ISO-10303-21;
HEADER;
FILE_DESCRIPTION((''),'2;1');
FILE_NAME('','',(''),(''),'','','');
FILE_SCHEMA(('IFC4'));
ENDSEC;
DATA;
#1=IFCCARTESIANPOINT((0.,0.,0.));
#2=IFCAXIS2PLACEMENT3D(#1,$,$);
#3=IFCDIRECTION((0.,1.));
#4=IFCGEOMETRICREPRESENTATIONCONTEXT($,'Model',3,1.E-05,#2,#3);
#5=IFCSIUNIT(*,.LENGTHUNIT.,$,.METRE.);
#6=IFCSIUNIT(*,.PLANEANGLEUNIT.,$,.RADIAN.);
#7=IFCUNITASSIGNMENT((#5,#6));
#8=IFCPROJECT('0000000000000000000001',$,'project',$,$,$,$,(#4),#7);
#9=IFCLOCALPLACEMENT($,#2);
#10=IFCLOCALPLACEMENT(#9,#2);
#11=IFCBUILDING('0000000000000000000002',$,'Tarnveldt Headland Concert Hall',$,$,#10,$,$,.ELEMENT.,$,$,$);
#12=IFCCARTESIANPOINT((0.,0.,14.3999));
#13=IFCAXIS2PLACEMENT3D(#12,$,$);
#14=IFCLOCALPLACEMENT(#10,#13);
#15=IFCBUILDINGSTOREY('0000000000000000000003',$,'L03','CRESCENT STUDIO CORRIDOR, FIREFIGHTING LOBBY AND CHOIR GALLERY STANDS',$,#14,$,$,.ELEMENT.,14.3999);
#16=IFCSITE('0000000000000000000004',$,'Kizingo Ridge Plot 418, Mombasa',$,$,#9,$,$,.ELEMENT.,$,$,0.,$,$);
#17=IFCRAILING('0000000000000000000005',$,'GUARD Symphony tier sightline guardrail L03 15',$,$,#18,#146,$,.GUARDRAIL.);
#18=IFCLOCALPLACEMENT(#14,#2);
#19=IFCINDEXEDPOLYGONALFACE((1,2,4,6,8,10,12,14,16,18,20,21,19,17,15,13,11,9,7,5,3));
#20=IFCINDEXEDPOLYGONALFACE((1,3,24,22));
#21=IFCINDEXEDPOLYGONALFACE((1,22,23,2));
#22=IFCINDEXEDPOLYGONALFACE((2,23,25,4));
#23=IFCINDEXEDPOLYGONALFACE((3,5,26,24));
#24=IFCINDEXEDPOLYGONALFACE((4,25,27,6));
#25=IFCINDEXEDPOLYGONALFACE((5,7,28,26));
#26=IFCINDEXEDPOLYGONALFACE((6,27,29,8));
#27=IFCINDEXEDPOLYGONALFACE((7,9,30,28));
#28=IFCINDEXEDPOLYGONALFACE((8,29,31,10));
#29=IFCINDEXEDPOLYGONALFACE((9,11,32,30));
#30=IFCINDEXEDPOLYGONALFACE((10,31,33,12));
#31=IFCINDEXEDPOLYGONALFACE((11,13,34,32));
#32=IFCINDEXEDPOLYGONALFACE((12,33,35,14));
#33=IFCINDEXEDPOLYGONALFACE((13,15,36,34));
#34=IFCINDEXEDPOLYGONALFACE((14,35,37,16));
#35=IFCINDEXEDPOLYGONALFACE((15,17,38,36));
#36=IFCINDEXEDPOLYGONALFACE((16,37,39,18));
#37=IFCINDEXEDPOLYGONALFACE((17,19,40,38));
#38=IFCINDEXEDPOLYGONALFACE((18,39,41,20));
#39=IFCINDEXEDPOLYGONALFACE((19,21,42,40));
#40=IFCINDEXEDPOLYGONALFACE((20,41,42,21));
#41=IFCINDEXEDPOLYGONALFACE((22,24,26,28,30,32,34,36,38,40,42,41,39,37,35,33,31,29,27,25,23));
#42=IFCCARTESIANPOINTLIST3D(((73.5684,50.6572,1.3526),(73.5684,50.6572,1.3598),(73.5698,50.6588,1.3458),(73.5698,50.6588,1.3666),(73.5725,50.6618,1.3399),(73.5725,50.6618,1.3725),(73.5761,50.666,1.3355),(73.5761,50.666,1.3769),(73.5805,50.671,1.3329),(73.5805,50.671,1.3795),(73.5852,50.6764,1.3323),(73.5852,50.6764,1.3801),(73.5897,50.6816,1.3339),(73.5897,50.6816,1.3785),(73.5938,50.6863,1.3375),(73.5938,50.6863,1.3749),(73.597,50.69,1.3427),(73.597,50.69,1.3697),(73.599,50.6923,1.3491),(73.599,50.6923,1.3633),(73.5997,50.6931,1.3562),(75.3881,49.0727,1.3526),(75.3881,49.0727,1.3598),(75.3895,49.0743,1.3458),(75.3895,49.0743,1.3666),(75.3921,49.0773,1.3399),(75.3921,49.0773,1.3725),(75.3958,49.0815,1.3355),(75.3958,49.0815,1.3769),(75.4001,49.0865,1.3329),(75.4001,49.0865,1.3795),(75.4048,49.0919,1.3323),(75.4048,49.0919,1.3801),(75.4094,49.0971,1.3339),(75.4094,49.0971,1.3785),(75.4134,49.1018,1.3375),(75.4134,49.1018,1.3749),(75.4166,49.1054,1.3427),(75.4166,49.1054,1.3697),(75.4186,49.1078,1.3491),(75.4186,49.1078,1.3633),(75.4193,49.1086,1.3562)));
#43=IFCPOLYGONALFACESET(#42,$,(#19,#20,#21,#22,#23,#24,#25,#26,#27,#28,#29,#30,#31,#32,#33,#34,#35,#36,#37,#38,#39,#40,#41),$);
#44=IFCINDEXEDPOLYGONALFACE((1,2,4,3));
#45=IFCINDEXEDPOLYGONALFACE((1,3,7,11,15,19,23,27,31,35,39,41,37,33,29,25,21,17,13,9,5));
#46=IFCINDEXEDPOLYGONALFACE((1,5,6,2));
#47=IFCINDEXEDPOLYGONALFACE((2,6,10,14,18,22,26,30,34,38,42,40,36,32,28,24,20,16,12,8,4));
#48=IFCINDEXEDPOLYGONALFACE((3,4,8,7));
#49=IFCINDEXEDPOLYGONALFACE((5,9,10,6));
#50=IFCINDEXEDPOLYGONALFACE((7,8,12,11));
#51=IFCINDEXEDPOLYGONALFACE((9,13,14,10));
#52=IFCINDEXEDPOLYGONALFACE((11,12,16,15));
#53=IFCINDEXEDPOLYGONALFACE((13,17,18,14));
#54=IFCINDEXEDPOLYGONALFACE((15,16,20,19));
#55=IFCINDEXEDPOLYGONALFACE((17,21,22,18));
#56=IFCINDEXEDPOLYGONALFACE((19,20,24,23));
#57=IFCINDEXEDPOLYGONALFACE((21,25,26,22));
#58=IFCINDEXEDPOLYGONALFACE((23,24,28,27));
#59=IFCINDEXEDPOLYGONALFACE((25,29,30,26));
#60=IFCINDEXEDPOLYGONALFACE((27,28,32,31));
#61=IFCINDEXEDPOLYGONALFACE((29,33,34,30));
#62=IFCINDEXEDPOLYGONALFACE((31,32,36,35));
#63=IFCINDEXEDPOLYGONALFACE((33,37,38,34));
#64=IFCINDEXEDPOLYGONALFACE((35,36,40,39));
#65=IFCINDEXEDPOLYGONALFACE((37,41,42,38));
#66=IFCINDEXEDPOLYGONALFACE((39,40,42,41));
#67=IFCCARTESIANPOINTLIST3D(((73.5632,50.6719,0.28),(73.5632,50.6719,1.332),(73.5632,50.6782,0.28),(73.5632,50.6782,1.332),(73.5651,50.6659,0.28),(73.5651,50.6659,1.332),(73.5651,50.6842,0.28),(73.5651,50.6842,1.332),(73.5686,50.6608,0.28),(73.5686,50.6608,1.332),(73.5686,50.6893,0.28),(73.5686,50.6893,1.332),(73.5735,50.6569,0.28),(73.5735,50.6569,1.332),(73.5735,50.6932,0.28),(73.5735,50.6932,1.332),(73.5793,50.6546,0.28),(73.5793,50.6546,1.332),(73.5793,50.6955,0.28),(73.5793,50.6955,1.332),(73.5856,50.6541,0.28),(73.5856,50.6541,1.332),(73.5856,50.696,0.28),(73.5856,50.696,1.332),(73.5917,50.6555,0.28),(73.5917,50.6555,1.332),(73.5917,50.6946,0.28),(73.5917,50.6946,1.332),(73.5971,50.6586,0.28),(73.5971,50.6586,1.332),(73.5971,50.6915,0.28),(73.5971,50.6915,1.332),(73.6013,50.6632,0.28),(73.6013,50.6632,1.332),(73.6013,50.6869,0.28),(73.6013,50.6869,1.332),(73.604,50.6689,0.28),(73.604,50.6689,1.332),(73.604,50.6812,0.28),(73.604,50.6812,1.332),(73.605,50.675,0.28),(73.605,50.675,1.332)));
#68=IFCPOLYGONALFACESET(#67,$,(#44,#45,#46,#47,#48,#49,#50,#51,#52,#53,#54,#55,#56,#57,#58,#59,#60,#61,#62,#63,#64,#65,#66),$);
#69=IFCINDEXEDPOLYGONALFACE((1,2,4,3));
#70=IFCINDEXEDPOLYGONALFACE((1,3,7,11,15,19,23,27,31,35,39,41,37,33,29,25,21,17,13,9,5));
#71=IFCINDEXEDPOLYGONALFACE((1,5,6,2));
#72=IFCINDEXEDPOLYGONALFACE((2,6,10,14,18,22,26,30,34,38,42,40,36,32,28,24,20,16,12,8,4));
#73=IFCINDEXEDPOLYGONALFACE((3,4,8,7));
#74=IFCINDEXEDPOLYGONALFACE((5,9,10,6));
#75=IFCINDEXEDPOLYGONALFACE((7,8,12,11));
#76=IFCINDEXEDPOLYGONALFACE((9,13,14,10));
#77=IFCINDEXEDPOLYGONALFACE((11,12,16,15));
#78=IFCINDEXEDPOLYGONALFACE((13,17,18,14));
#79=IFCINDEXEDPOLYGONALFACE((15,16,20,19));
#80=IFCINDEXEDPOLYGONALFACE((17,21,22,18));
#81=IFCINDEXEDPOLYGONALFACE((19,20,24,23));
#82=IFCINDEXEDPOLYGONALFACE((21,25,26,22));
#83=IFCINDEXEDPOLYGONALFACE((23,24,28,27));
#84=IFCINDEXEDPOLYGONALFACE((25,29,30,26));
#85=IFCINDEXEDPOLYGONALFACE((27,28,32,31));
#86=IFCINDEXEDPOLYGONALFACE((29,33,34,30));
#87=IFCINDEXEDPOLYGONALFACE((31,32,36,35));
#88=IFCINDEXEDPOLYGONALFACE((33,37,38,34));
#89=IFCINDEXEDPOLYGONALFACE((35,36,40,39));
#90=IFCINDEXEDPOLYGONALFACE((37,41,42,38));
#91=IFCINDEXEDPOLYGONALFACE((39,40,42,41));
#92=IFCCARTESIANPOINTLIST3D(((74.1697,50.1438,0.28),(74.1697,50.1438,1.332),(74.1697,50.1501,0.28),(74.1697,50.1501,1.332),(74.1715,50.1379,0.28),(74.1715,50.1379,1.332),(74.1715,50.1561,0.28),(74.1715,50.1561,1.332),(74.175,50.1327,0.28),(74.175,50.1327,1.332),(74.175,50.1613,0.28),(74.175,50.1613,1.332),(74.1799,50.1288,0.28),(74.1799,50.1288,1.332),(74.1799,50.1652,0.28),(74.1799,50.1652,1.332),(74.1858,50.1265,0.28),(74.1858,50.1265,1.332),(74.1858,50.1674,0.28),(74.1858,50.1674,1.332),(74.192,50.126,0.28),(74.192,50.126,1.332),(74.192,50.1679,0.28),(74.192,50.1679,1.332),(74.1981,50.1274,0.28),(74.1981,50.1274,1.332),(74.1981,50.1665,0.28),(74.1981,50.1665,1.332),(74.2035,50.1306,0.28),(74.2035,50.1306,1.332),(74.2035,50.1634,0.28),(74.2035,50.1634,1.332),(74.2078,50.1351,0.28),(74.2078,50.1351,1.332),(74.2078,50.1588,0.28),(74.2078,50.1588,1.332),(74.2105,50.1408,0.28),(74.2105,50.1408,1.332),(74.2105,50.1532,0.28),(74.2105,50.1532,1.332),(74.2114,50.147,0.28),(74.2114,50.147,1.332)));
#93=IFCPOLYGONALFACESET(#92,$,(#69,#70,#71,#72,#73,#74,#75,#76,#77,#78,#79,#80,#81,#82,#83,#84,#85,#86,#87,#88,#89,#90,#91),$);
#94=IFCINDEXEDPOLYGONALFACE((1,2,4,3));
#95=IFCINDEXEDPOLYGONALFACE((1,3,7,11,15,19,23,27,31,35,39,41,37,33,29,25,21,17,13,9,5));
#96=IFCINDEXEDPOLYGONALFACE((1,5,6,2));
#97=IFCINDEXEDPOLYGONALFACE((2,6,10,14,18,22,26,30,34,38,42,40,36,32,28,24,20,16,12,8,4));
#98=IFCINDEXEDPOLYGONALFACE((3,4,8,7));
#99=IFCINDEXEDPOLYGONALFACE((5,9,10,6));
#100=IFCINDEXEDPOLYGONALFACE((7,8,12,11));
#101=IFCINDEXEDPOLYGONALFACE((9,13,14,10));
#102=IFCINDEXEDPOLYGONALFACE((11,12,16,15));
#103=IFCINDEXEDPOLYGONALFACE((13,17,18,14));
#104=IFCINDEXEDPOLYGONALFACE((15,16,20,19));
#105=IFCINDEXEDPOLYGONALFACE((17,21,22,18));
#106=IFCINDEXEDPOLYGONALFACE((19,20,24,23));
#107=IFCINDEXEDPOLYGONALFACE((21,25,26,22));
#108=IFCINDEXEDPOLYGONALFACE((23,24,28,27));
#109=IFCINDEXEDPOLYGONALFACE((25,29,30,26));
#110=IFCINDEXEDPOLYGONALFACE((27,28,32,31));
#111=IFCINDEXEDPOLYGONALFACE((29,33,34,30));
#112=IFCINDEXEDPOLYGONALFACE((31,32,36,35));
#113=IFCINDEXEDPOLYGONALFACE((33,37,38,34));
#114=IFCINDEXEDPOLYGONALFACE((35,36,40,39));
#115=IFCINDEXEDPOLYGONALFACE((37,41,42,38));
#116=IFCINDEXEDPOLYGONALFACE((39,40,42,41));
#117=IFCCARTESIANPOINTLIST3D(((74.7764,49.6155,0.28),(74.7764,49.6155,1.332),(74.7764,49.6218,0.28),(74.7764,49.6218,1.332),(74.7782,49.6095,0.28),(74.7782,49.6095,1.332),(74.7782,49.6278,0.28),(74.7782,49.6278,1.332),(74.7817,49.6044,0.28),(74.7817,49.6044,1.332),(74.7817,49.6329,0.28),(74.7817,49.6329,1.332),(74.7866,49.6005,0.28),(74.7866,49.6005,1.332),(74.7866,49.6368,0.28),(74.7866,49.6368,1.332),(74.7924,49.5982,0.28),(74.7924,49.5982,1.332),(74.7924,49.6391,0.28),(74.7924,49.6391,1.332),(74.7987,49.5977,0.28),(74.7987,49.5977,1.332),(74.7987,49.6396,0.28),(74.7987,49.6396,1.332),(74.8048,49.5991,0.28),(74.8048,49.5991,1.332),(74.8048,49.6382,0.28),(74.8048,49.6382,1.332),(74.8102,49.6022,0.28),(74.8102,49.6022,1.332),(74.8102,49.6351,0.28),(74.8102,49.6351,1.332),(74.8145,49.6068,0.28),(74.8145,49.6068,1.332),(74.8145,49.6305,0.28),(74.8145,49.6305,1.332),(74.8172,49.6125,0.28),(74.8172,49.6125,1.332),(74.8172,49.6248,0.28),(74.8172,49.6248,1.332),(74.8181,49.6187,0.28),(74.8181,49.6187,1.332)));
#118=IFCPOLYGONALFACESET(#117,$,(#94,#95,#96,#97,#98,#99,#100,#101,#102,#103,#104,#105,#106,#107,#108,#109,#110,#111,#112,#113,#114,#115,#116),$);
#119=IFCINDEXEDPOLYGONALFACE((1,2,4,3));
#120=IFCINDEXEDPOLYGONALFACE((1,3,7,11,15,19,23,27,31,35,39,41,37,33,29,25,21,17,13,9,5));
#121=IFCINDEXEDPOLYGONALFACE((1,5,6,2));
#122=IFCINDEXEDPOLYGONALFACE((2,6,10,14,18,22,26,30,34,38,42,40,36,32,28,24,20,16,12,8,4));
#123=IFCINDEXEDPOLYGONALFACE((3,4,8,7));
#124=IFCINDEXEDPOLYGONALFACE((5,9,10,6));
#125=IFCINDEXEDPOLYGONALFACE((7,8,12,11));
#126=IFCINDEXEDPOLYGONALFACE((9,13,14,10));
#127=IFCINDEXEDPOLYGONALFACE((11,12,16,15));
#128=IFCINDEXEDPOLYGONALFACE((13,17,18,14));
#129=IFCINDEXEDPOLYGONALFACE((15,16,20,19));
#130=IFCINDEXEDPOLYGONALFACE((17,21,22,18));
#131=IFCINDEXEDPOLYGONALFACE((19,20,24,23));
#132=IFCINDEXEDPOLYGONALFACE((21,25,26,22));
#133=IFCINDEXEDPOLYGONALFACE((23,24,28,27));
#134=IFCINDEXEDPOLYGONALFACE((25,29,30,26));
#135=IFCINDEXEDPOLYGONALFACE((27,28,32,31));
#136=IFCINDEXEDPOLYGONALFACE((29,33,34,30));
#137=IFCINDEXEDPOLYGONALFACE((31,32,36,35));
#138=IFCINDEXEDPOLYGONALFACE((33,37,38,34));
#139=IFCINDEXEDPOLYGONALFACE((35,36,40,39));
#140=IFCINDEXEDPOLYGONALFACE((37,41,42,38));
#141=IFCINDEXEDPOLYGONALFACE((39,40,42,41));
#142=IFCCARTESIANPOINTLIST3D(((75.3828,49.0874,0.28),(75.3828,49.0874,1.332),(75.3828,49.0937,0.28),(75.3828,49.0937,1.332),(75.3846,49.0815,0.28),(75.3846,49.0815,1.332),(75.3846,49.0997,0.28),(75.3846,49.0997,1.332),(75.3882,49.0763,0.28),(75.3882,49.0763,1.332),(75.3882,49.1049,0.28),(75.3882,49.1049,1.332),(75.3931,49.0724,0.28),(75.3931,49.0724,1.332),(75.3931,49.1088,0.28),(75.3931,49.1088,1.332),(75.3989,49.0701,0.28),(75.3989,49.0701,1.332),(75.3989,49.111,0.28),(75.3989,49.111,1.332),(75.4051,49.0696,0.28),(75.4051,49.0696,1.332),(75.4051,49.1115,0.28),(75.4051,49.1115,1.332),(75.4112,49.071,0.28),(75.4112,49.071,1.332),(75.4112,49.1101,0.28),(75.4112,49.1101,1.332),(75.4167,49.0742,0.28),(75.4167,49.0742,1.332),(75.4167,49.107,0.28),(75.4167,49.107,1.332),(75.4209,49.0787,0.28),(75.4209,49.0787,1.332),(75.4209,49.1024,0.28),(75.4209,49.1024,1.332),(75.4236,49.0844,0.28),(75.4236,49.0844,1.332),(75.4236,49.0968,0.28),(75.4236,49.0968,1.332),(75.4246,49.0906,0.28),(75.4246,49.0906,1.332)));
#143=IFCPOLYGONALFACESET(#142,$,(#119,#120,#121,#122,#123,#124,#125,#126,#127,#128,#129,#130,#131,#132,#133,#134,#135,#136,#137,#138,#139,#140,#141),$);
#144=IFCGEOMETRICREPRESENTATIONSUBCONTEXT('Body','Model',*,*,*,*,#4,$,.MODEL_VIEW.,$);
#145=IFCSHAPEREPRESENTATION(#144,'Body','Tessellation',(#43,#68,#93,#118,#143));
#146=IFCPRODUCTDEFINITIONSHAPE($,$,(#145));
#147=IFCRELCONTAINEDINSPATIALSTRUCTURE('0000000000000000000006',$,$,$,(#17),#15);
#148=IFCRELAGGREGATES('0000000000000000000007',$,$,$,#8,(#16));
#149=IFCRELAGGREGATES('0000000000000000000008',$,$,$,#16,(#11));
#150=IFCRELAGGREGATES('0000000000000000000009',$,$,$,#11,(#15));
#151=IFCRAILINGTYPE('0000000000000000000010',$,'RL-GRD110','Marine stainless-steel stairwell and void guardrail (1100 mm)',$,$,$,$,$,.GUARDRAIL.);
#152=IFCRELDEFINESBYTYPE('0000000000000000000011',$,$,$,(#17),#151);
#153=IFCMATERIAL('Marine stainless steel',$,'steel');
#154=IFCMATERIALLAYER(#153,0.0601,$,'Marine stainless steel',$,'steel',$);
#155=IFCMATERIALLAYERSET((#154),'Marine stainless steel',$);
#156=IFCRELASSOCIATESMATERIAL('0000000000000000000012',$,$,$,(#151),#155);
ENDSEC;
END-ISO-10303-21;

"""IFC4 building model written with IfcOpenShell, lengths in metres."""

from ifc_helpers import new_model, si_unit, direction, frame, origin, origin_2d, place, context, subcontext, project, spatial, circle, extrude, material, layer, layer_set, type_object, element, save


model = new_model("IFC4")

# Units and contexts
model_context = context("Model", 3, precision=1e-05, world=origin(), true_north=direction((0.0, 1.0)))
body_context = subcontext(model_context, "Body", "Model", "MODEL_VIEW")
ifc_project = project(units=[si_unit("LENGTHUNIT", "METRE"), si_unit("PLANEANGLEUNIT", "RADIAN")], contexts=[model_context])

# Site, building, storey
site_placement = place(None, origin())
site = spatial("IfcSite", under=ifc_project, at=site_placement, Name="Kizingo Ridge Plot 418, Mombasa", CompositionType="ELEMENT", RefElevation=0.0)
building_placement = place(site_placement, origin())
building = spatial("IfcBuilding", under=site, at=building_placement, Name="Tarnveldt Headland Concert Hall", CompositionType="ELEMENT")
storey_placement = place(building_placement, frame((0.0, 0.0, 14.3999)))
storey = spatial("IfcBuildingStorey", under=building, at=storey_placement, Name="L03", Description="CRESCENT STUDIO CORRIDOR, FIREFIGHTING LOBBY AND CHOIR GALLERY STANDS", CompositionType="ELEMENT", Elevation=14.3999)

# Railing
ifc_material_1 = material(Name="Marine stainless steel", Category="steel")
ifc_layer = layer(ifc_material_1, 0.0601, Name="Marine stainless steel", Category="steel")
ifc_layer_set = layer_set([ifc_layer], Name="Marine stainless steel")
railing_type = type_object("IfcRailingType", Name="RL-GRD110", Description="Marine stainless-steel stairwell and void guardrail (1100 mm)", PredefinedType="GUARDRAIL", material=ifc_layer_set)
railing_1_placement = place(storey_placement, frame((73.584, 50.675, 0.28)))
element("IfcRailing", 1, at=railing_1_placement, inside=storey, type_object=railing_type, Name="GUARD Symphony tier sightline guardrail L03 15", PredefinedType="GUARDRAIL", context=body_context, shape_type="SweptSolid", body=[
    extrude(circle(Radius=0.0239, at=origin_2d()), frame((0.0, 0.0, 1.0762), z_axis=(0.754148, -0.656705, 0.0), x_axis=(0.656705, 0.754148, 0.0)), (0.0, 0.0, 1.0), 2.4128),
    extrude(circle(Radius=0.021, at=origin_2d()), origin(), (0.0, 0.0, 1.0), 1.052),
    extrude(circle(Radius=0.021, at=origin_2d()), frame((0.6064, -0.5281, 0.0)), (0.0, 0.0, 1.0), 1.052),
    extrude(circle(Radius=0.021, at=origin_2d()), frame((1.2131, -1.0564, 0.0)), (0.0, 0.0, 1.0), 1.052),
    extrude(circle(Radius=0.021, at=origin_2d()), frame((1.8196, -1.5845, 0.0)), (0.0, 0.0, 1.0), 1.052),
])

save(model, "model.ifc")
